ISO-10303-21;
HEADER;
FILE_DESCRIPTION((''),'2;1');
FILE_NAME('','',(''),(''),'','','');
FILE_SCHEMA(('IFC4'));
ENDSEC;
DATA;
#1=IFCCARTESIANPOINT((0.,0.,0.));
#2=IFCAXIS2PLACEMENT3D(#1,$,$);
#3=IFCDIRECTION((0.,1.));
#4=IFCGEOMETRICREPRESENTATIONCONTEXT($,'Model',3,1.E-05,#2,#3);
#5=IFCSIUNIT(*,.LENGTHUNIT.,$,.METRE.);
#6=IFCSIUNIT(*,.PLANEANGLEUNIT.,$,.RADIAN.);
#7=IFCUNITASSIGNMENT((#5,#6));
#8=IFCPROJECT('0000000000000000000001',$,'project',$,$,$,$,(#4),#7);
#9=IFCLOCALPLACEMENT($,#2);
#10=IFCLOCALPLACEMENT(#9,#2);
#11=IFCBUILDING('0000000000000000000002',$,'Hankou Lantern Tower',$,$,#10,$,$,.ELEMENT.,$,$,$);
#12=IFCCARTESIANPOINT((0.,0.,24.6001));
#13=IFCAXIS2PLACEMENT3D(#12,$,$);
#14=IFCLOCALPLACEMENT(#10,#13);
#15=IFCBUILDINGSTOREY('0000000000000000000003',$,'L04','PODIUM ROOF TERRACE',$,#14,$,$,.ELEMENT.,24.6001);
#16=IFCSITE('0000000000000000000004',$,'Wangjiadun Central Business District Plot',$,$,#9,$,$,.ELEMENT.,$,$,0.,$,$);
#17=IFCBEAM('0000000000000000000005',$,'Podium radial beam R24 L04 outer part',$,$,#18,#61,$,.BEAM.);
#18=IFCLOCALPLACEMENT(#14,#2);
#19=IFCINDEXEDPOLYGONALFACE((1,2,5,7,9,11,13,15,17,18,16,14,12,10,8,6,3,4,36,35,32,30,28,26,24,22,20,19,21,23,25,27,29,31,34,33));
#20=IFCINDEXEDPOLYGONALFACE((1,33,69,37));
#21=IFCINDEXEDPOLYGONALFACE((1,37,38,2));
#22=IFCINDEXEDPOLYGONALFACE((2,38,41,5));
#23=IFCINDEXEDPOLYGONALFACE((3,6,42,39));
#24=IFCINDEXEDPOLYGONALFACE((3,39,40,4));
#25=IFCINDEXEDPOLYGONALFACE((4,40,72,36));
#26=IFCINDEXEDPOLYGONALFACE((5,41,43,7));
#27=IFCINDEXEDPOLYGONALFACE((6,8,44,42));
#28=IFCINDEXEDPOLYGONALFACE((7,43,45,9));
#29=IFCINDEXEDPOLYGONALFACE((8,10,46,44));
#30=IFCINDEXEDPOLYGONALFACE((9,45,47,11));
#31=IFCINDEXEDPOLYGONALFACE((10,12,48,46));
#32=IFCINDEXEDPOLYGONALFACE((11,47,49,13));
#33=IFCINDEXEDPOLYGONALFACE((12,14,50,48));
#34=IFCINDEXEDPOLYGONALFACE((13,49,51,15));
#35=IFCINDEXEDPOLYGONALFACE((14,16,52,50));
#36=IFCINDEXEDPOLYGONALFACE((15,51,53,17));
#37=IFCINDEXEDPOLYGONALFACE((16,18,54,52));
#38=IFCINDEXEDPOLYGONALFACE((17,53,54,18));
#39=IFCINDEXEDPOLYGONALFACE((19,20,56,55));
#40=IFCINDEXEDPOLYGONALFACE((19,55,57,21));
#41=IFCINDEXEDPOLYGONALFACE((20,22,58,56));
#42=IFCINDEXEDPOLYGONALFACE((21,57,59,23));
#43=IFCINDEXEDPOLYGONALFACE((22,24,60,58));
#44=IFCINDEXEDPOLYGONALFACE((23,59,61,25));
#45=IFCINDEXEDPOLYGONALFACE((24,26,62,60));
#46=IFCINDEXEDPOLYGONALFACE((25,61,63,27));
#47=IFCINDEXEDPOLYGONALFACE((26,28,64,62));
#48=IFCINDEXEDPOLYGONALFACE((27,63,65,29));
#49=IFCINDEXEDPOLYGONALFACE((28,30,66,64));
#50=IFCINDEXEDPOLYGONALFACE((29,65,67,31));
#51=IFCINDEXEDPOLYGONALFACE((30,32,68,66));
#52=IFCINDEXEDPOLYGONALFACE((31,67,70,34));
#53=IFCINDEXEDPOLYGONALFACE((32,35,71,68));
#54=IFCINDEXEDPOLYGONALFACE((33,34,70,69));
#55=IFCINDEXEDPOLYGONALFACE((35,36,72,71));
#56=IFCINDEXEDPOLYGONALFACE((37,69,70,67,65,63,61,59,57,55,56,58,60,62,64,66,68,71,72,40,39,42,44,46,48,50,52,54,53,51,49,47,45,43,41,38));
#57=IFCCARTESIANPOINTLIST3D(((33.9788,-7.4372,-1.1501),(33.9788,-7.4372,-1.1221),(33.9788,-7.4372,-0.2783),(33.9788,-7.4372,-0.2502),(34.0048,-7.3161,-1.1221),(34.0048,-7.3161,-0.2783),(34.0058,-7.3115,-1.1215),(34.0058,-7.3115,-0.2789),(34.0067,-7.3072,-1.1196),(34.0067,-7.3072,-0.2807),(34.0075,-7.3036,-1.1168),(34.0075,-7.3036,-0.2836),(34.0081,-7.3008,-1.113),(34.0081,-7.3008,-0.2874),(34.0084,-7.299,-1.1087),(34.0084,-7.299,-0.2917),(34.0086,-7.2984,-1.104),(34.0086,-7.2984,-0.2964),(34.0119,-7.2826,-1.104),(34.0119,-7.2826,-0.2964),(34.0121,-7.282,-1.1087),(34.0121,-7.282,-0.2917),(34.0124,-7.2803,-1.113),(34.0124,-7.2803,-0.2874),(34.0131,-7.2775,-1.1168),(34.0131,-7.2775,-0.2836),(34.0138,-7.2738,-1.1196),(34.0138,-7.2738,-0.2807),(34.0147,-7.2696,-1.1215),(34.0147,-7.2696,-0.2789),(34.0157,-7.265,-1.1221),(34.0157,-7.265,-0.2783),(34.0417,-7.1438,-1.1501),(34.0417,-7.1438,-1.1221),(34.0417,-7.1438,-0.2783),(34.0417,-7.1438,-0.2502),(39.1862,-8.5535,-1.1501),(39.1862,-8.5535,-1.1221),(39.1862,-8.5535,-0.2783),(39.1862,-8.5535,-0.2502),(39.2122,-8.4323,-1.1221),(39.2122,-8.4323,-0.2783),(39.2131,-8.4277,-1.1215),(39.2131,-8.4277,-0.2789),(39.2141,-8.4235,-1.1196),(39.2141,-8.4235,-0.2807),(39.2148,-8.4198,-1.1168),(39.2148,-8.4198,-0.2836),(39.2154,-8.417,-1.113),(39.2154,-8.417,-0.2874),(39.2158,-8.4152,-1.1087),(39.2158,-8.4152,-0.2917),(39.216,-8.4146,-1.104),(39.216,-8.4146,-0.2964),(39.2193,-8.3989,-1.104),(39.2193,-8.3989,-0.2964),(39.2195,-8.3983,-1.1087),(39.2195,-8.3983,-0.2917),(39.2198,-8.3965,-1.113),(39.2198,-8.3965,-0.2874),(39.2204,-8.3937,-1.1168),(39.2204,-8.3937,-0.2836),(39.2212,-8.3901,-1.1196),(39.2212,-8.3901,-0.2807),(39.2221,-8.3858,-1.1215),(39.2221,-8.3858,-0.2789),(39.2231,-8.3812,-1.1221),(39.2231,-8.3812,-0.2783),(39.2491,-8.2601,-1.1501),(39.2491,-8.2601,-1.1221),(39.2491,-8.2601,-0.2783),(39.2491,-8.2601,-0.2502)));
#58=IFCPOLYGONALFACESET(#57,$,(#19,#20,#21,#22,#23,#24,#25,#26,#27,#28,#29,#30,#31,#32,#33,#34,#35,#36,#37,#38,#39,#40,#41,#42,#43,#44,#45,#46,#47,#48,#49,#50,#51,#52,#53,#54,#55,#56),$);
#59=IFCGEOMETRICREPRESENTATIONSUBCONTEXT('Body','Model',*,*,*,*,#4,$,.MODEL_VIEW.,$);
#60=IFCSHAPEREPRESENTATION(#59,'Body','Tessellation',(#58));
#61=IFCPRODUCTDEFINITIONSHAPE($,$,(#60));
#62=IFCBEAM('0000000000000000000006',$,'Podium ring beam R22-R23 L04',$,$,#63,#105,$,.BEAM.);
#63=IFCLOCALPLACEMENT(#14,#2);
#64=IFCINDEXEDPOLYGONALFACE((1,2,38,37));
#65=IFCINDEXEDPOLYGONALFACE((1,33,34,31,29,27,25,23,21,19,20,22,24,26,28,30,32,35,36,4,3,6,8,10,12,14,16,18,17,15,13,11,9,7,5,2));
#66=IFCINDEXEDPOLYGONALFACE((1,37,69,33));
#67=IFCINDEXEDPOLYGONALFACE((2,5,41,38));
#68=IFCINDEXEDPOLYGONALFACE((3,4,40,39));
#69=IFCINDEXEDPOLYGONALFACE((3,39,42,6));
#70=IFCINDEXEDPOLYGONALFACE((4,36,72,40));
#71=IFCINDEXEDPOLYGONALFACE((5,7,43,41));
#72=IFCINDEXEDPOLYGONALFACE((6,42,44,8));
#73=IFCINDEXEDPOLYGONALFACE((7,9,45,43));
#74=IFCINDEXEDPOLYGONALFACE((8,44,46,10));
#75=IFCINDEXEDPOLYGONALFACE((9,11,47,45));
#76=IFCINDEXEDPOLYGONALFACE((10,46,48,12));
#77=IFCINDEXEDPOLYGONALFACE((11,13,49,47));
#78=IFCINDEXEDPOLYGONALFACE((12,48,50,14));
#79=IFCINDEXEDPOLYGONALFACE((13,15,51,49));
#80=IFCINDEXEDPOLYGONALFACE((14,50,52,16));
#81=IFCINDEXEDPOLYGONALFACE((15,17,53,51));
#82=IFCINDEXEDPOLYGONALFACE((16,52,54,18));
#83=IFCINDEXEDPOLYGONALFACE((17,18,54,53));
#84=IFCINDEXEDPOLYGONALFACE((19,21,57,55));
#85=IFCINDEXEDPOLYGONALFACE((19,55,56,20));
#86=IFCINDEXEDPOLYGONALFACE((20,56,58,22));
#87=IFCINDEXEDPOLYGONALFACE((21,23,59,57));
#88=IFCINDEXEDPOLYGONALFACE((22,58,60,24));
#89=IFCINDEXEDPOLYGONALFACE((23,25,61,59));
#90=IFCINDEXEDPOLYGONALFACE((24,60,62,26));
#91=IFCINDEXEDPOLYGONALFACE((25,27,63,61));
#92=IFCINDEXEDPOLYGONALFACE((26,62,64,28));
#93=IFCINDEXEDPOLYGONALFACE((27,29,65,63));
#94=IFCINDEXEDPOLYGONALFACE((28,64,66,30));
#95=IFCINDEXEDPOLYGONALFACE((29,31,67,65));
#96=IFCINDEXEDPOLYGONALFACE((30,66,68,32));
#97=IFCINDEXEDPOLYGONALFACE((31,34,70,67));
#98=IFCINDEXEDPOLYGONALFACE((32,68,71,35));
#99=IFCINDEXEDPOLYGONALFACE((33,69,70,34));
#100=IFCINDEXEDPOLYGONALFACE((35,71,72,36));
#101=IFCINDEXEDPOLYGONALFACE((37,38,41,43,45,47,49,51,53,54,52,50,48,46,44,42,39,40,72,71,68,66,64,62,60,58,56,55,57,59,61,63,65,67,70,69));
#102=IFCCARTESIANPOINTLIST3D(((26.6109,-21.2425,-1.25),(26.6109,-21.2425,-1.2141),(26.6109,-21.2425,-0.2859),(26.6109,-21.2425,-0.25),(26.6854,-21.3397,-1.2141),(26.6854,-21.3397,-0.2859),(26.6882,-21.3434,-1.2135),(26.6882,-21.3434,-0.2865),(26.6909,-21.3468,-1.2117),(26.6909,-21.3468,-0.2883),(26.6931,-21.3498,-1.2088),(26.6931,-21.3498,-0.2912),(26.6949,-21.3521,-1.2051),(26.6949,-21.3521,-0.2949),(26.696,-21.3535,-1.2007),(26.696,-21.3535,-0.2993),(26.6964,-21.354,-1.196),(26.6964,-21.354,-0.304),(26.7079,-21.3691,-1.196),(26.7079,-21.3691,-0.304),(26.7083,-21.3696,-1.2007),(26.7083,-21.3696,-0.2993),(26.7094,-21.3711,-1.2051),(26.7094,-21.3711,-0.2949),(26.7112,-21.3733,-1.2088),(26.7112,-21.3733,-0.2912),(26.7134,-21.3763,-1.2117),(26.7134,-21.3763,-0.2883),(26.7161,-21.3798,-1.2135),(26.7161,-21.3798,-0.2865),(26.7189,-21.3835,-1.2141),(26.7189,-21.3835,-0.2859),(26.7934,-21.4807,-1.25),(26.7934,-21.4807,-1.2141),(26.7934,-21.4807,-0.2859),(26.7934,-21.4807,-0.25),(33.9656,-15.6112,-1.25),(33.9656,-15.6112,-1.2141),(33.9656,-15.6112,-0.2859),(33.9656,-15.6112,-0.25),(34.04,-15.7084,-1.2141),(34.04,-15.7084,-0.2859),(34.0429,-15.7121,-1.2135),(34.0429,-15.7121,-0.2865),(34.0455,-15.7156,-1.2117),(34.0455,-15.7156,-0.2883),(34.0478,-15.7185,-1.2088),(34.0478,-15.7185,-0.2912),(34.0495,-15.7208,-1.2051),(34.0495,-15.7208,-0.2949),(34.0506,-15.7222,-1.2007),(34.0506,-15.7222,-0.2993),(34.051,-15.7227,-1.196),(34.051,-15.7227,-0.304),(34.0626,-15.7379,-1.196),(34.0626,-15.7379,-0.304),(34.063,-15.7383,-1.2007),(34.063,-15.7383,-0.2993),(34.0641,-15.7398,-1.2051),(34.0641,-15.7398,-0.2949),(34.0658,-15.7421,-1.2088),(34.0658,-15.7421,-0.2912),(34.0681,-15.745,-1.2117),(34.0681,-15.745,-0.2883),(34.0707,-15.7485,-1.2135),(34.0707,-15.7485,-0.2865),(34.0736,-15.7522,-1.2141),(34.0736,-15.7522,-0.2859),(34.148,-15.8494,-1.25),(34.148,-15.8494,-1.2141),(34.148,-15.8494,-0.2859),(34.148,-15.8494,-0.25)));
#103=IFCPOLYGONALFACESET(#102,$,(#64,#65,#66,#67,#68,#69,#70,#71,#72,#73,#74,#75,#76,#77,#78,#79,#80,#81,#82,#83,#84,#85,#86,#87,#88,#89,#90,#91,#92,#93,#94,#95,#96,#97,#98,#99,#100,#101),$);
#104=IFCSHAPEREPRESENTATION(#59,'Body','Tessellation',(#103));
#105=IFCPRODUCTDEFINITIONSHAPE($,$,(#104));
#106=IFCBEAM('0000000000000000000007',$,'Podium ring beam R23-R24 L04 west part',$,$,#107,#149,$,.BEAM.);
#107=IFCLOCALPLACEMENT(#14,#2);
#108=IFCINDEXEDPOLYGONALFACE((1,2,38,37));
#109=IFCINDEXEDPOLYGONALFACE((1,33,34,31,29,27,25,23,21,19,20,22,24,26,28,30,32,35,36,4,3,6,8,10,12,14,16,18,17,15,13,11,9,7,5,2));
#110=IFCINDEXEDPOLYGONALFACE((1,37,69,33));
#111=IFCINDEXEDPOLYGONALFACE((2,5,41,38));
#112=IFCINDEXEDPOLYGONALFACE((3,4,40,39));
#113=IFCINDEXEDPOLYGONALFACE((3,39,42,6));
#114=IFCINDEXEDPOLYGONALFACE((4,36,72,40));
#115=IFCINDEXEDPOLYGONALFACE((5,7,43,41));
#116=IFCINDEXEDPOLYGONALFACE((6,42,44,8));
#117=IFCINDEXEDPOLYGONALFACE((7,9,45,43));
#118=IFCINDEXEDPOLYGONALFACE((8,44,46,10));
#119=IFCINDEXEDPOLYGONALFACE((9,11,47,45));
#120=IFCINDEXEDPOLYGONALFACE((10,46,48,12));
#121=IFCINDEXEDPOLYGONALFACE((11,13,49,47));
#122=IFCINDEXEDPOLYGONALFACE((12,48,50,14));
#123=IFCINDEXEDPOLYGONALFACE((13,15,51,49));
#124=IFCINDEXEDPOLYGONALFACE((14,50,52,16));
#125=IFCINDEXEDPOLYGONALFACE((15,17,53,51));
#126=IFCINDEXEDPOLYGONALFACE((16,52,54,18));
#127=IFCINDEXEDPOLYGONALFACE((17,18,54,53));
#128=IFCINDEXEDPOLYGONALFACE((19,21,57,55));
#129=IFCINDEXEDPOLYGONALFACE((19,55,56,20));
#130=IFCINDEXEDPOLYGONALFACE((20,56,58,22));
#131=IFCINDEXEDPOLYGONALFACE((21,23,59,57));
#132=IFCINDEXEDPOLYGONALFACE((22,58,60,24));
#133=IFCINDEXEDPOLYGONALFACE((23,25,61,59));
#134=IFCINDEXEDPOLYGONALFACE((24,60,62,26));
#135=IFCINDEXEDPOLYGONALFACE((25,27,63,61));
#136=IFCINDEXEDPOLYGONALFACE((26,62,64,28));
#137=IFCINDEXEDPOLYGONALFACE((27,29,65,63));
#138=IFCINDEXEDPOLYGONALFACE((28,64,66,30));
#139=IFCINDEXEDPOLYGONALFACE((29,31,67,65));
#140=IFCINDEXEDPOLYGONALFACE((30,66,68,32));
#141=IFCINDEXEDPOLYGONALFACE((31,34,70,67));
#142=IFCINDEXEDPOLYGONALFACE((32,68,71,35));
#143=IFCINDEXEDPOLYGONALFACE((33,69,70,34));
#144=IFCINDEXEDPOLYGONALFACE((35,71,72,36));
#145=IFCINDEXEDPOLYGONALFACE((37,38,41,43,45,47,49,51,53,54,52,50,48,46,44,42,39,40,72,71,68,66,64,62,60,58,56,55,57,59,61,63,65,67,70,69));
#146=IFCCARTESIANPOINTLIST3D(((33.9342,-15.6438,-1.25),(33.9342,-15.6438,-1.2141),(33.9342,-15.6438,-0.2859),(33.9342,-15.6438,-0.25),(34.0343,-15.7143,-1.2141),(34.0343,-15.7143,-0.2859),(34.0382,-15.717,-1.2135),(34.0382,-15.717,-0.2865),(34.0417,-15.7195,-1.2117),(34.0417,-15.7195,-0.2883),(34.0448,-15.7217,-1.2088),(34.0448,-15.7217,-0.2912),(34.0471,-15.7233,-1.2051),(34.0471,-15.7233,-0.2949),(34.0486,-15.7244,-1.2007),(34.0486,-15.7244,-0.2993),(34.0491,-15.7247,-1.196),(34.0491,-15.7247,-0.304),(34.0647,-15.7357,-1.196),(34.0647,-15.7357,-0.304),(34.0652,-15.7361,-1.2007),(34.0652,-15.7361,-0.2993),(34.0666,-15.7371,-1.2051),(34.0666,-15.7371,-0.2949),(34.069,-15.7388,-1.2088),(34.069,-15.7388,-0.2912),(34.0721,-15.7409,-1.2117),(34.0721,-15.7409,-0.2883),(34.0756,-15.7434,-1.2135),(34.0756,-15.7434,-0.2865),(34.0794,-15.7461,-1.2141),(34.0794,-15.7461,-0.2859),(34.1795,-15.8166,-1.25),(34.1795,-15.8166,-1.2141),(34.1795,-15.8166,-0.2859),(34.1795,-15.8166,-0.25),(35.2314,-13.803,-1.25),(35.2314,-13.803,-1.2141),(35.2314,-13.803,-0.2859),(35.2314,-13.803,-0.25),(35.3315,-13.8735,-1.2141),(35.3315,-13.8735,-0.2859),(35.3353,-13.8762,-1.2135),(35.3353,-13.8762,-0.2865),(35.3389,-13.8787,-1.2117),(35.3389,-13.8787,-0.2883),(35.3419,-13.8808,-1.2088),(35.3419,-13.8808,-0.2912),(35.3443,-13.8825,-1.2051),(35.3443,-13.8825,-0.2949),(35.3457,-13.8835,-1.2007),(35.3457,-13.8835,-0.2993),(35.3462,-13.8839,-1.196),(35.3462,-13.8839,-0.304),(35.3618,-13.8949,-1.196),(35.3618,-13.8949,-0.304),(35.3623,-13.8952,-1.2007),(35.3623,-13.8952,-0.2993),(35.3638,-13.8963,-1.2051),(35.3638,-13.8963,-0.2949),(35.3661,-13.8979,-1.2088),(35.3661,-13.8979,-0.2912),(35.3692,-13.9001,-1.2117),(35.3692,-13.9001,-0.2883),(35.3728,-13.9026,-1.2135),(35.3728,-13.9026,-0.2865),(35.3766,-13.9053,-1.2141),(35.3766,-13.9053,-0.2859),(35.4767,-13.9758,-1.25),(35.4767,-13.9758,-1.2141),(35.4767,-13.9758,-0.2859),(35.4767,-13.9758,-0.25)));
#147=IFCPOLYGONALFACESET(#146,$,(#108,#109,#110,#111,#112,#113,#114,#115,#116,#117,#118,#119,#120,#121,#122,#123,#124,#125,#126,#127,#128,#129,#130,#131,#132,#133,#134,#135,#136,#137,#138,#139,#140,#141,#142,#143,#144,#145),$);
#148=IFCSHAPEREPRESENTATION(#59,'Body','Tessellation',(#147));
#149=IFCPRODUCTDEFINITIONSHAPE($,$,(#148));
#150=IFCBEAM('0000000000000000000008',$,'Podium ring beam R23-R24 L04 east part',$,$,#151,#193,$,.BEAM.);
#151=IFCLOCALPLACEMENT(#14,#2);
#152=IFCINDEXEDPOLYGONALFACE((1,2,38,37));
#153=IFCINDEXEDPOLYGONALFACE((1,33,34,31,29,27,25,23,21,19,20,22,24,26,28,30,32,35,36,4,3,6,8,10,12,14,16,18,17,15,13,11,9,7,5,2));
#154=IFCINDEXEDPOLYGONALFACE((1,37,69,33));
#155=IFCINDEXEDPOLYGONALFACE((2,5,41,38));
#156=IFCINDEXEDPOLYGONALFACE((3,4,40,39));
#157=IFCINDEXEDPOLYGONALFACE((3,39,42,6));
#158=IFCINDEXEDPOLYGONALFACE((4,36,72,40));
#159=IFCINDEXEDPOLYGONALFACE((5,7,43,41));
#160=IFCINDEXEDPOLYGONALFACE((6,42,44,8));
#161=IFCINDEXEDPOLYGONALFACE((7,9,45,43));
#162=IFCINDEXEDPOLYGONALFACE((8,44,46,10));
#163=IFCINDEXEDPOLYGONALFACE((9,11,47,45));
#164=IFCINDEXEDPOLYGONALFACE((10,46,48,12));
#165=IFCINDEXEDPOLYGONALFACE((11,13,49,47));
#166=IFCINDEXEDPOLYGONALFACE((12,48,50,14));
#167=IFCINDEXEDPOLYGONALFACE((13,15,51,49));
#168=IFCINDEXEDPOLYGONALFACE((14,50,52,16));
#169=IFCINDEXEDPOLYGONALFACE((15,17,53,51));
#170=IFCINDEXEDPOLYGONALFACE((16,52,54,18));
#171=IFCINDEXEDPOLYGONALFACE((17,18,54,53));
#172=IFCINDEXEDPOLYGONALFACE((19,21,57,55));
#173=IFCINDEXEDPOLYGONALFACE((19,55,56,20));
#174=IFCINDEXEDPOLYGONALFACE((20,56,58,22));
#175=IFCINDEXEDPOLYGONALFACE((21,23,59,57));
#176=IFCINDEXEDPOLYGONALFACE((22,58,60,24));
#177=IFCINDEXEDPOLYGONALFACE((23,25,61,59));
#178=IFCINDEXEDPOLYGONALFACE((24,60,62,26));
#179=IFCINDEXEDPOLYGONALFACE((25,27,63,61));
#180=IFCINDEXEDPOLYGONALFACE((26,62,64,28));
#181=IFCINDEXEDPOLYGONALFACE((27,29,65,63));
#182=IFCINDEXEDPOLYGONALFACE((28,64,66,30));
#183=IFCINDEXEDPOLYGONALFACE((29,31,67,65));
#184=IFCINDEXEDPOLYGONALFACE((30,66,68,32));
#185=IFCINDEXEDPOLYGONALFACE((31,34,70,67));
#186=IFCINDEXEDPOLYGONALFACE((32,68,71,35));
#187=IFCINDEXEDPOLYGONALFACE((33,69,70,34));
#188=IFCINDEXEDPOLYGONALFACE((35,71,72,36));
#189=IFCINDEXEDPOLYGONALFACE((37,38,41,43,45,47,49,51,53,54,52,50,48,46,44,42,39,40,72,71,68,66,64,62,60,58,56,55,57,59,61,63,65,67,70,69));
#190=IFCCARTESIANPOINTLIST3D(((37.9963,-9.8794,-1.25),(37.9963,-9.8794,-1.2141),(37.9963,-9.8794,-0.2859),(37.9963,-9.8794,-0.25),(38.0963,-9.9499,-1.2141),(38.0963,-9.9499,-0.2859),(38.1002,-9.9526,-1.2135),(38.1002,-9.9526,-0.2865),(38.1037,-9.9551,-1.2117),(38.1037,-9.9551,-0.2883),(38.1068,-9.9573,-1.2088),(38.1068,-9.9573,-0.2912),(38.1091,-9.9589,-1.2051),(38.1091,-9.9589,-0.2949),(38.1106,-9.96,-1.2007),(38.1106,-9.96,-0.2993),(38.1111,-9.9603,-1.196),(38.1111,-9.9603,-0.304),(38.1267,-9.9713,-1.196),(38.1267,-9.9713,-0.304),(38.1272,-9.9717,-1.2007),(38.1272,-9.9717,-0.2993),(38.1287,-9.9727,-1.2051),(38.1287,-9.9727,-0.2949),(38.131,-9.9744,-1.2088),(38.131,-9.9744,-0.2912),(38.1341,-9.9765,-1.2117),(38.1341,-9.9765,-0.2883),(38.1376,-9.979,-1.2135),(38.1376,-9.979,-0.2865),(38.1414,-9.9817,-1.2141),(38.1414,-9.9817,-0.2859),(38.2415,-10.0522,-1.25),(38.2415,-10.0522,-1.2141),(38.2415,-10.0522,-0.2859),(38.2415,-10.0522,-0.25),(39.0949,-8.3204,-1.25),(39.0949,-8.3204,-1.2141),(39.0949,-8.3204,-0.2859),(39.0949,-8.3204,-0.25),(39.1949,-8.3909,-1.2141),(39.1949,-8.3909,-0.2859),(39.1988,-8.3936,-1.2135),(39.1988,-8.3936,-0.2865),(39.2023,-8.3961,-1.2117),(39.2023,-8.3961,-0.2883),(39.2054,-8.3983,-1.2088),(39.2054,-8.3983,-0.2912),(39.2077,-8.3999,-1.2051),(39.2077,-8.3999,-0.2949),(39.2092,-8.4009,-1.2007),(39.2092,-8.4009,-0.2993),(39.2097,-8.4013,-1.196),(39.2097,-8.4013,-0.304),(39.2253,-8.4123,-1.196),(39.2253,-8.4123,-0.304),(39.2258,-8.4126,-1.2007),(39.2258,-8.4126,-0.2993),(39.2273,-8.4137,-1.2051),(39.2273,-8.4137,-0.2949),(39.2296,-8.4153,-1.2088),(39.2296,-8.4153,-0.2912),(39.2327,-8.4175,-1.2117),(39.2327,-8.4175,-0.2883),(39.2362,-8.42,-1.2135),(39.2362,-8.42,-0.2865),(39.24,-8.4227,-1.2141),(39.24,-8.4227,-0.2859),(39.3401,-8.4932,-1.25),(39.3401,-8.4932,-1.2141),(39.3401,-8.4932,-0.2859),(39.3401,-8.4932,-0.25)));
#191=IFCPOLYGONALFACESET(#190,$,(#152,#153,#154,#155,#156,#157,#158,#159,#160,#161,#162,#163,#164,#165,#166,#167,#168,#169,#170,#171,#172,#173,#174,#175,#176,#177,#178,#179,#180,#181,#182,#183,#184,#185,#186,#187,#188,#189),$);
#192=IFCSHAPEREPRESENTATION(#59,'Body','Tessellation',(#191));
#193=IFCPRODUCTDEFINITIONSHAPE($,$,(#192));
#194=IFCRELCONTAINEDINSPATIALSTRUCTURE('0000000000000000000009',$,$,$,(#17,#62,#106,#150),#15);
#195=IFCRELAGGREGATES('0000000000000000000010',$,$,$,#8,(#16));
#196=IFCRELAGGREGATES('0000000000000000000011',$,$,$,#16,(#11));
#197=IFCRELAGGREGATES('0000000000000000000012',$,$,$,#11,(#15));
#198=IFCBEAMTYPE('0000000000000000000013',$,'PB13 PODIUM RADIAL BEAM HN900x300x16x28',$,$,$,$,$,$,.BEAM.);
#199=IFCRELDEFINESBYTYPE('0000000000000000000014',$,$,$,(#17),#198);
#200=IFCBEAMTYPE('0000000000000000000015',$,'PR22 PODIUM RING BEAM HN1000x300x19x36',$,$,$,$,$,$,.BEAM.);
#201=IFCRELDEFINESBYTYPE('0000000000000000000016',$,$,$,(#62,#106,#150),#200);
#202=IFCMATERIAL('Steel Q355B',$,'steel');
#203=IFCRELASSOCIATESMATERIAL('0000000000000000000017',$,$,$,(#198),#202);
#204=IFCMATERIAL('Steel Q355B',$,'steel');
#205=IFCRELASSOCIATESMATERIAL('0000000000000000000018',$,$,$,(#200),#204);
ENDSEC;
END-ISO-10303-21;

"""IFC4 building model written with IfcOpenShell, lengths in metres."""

from ifc_helpers import new_model, si_unit, direction, frame, origin, origin_2d, place, context, subcontext, project, spatial, i_section, extrude, material, material_profile, profile_set, type_object, element, save


model = new_model("IFC4")

# Units and contexts
model_context = context("Model", 3, precision=1e-05, world=origin(), true_north=direction((0.0, 1.0)))
body_context = subcontext(model_context, "Body", "Model", "MODEL_VIEW")
ifc_project = project(units=[si_unit("LENGTHUNIT", "METRE"), si_unit("PLANEANGLEUNIT", "RADIAN")], contexts=[model_context])

# Site, building, storey
site_placement = place(None, origin())
site = spatial("IfcSite", under=ifc_project, at=site_placement, Name="Wangjiadun Central Business District Plot", CompositionType="ELEMENT", RefElevation=0.0)
building_placement = place(site_placement, origin())
building = spatial("IfcBuilding", under=site, at=building_placement, Name="Hankou Lantern Tower", CompositionType="ELEMENT")
storey_placement = place(building_placement, frame((0.0, 0.0, 24.6001)))
storey = spatial("IfcBuildingStorey", under=building, at=storey_placement, Name="L04", Description="PODIUM ROOF TERRACE", CompositionType="ELEMENT", Elevation=24.6001)

# Beams
ifc_material_1 = material(Name="Steel Q355B", Category="steel")
ifc_material_profile_1 = material_profile(ifc_material_1, i_section(OverallWidth=0.3, OverallDepth=0.8999, WebThickness=0.0161, FlangeThickness=0.0281, FilletRadius=0.0181, at=origin_2d()), Name="HN900x300x16x28")
ifc_profile_set_1 = profile_set([ifc_material_profile_1], Name="Steel Q355B")
beam_type_1 = type_object("IfcBeamType", Name="PB13 PODIUM RADIAL BEAM HN900x300x16x28", PredefinedType="BEAM", material=ifc_profile_set_1)
beam_1_placement = place(storey_placement, frame((34.0103, -7.2905, -0.7002), z_axis=(0.977788, -0.209595, 0.0), x_axis=(0.209595, 0.977788, 0.0)))
element("IfcBeam", 1, at=beam_1_placement, inside=storey, type_object=beam_type_1, Name="Podium radial beam R24 L04 outer part", PredefinedType="BEAM", context=body_context, shape_type="SweptSolid", body=[
    extrude(i_section(OverallWidth=0.3, OverallDepth=0.8999, WebThickness=0.0161, FlangeThickness=0.0281, FilletRadius=0.0181, at=origin_2d()), origin(), (0.0, 0.0, 1.0), 5.3257),
])
ifc_material_2 = material(Name="Steel Q355B", Category="steel")
ifc_material_profile_2 = material_profile(ifc_material_2, i_section(OverallWidth=0.3, OverallDepth=1.0, WebThickness=0.019, FlangeThickness=0.0359, FilletRadius=0.0181, at=origin_2d()), Name="HN1000x300x19x36")
ifc_profile_set_2 = profile_set([ifc_material_profile_2], Name="Steel Q355B")
beam_type_2 = type_object("IfcBeamType", Name="PR22 PODIUM RING BEAM HN1000x300x19x36", PredefinedType="BEAM", material=ifc_profile_set_2)
beam_2_placement = place(storey_placement, frame((26.7021, -21.3616, -0.75), z_axis=(0.793986, 0.607936, 0.0), x_axis=(-0.607936, 0.793986, 0.0)))
element("IfcBeam", 2, at=beam_2_placement, inside=storey, type_object=beam_type_2, Name="Podium ring beam R22-R23 L04", PredefinedType="BEAM", context=body_context, shape_type="SweptSolid", body=[
    extrude(i_section(OverallWidth=0.3, OverallDepth=1.0, WebThickness=0.019, FlangeThickness=0.0359, FilletRadius=0.0181, at=origin_2d()), origin(), (0.0, 0.0, 1.0), 9.2629),
])
beam_3_placement = place(storey_placement, frame((34.0569, -15.7302, -0.75), z_axis=(0.576006, 0.817445, 0.0), x_axis=(-0.817445, 0.576006, 0.0)))
element("IfcBeam", 3, at=beam_3_placement, inside=storey, type_object=beam_type_2, Name="Podium ring beam R23-R24 L04 west part", PredefinedType="BEAM", context=body_context, shape_type="SweptSolid", body=[
    extrude(i_section(OverallWidth=0.3, OverallDepth=1.0, WebThickness=0.019, FlangeThickness=0.0359, FilletRadius=0.0181, at=origin_2d()), origin(), (0.0, 0.0, 1.0), 2.252),
])
beam_4_placement = place(storey_placement, frame((38.1189, -9.9658, -0.75), z_axis=(0.57602, 0.817436, 0.0), x_axis=(-0.817436, 0.57602, 0.0)))
element("IfcBeam", 4, at=beam_4_placement, inside=storey, type_object=beam_type_2, Name="Podium ring beam R23-R24 L04 east part", PredefinedType="BEAM", context=body_context, shape_type="SweptSolid", body=[
    extrude(i_section(OverallWidth=0.3, OverallDepth=1.0, WebThickness=0.019, FlangeThickness=0.0359, FilletRadius=0.0181, at=origin_2d()), origin(), (0.0, 0.0, 1.0), 1.9072),
])

save(model, "model.ifc")
